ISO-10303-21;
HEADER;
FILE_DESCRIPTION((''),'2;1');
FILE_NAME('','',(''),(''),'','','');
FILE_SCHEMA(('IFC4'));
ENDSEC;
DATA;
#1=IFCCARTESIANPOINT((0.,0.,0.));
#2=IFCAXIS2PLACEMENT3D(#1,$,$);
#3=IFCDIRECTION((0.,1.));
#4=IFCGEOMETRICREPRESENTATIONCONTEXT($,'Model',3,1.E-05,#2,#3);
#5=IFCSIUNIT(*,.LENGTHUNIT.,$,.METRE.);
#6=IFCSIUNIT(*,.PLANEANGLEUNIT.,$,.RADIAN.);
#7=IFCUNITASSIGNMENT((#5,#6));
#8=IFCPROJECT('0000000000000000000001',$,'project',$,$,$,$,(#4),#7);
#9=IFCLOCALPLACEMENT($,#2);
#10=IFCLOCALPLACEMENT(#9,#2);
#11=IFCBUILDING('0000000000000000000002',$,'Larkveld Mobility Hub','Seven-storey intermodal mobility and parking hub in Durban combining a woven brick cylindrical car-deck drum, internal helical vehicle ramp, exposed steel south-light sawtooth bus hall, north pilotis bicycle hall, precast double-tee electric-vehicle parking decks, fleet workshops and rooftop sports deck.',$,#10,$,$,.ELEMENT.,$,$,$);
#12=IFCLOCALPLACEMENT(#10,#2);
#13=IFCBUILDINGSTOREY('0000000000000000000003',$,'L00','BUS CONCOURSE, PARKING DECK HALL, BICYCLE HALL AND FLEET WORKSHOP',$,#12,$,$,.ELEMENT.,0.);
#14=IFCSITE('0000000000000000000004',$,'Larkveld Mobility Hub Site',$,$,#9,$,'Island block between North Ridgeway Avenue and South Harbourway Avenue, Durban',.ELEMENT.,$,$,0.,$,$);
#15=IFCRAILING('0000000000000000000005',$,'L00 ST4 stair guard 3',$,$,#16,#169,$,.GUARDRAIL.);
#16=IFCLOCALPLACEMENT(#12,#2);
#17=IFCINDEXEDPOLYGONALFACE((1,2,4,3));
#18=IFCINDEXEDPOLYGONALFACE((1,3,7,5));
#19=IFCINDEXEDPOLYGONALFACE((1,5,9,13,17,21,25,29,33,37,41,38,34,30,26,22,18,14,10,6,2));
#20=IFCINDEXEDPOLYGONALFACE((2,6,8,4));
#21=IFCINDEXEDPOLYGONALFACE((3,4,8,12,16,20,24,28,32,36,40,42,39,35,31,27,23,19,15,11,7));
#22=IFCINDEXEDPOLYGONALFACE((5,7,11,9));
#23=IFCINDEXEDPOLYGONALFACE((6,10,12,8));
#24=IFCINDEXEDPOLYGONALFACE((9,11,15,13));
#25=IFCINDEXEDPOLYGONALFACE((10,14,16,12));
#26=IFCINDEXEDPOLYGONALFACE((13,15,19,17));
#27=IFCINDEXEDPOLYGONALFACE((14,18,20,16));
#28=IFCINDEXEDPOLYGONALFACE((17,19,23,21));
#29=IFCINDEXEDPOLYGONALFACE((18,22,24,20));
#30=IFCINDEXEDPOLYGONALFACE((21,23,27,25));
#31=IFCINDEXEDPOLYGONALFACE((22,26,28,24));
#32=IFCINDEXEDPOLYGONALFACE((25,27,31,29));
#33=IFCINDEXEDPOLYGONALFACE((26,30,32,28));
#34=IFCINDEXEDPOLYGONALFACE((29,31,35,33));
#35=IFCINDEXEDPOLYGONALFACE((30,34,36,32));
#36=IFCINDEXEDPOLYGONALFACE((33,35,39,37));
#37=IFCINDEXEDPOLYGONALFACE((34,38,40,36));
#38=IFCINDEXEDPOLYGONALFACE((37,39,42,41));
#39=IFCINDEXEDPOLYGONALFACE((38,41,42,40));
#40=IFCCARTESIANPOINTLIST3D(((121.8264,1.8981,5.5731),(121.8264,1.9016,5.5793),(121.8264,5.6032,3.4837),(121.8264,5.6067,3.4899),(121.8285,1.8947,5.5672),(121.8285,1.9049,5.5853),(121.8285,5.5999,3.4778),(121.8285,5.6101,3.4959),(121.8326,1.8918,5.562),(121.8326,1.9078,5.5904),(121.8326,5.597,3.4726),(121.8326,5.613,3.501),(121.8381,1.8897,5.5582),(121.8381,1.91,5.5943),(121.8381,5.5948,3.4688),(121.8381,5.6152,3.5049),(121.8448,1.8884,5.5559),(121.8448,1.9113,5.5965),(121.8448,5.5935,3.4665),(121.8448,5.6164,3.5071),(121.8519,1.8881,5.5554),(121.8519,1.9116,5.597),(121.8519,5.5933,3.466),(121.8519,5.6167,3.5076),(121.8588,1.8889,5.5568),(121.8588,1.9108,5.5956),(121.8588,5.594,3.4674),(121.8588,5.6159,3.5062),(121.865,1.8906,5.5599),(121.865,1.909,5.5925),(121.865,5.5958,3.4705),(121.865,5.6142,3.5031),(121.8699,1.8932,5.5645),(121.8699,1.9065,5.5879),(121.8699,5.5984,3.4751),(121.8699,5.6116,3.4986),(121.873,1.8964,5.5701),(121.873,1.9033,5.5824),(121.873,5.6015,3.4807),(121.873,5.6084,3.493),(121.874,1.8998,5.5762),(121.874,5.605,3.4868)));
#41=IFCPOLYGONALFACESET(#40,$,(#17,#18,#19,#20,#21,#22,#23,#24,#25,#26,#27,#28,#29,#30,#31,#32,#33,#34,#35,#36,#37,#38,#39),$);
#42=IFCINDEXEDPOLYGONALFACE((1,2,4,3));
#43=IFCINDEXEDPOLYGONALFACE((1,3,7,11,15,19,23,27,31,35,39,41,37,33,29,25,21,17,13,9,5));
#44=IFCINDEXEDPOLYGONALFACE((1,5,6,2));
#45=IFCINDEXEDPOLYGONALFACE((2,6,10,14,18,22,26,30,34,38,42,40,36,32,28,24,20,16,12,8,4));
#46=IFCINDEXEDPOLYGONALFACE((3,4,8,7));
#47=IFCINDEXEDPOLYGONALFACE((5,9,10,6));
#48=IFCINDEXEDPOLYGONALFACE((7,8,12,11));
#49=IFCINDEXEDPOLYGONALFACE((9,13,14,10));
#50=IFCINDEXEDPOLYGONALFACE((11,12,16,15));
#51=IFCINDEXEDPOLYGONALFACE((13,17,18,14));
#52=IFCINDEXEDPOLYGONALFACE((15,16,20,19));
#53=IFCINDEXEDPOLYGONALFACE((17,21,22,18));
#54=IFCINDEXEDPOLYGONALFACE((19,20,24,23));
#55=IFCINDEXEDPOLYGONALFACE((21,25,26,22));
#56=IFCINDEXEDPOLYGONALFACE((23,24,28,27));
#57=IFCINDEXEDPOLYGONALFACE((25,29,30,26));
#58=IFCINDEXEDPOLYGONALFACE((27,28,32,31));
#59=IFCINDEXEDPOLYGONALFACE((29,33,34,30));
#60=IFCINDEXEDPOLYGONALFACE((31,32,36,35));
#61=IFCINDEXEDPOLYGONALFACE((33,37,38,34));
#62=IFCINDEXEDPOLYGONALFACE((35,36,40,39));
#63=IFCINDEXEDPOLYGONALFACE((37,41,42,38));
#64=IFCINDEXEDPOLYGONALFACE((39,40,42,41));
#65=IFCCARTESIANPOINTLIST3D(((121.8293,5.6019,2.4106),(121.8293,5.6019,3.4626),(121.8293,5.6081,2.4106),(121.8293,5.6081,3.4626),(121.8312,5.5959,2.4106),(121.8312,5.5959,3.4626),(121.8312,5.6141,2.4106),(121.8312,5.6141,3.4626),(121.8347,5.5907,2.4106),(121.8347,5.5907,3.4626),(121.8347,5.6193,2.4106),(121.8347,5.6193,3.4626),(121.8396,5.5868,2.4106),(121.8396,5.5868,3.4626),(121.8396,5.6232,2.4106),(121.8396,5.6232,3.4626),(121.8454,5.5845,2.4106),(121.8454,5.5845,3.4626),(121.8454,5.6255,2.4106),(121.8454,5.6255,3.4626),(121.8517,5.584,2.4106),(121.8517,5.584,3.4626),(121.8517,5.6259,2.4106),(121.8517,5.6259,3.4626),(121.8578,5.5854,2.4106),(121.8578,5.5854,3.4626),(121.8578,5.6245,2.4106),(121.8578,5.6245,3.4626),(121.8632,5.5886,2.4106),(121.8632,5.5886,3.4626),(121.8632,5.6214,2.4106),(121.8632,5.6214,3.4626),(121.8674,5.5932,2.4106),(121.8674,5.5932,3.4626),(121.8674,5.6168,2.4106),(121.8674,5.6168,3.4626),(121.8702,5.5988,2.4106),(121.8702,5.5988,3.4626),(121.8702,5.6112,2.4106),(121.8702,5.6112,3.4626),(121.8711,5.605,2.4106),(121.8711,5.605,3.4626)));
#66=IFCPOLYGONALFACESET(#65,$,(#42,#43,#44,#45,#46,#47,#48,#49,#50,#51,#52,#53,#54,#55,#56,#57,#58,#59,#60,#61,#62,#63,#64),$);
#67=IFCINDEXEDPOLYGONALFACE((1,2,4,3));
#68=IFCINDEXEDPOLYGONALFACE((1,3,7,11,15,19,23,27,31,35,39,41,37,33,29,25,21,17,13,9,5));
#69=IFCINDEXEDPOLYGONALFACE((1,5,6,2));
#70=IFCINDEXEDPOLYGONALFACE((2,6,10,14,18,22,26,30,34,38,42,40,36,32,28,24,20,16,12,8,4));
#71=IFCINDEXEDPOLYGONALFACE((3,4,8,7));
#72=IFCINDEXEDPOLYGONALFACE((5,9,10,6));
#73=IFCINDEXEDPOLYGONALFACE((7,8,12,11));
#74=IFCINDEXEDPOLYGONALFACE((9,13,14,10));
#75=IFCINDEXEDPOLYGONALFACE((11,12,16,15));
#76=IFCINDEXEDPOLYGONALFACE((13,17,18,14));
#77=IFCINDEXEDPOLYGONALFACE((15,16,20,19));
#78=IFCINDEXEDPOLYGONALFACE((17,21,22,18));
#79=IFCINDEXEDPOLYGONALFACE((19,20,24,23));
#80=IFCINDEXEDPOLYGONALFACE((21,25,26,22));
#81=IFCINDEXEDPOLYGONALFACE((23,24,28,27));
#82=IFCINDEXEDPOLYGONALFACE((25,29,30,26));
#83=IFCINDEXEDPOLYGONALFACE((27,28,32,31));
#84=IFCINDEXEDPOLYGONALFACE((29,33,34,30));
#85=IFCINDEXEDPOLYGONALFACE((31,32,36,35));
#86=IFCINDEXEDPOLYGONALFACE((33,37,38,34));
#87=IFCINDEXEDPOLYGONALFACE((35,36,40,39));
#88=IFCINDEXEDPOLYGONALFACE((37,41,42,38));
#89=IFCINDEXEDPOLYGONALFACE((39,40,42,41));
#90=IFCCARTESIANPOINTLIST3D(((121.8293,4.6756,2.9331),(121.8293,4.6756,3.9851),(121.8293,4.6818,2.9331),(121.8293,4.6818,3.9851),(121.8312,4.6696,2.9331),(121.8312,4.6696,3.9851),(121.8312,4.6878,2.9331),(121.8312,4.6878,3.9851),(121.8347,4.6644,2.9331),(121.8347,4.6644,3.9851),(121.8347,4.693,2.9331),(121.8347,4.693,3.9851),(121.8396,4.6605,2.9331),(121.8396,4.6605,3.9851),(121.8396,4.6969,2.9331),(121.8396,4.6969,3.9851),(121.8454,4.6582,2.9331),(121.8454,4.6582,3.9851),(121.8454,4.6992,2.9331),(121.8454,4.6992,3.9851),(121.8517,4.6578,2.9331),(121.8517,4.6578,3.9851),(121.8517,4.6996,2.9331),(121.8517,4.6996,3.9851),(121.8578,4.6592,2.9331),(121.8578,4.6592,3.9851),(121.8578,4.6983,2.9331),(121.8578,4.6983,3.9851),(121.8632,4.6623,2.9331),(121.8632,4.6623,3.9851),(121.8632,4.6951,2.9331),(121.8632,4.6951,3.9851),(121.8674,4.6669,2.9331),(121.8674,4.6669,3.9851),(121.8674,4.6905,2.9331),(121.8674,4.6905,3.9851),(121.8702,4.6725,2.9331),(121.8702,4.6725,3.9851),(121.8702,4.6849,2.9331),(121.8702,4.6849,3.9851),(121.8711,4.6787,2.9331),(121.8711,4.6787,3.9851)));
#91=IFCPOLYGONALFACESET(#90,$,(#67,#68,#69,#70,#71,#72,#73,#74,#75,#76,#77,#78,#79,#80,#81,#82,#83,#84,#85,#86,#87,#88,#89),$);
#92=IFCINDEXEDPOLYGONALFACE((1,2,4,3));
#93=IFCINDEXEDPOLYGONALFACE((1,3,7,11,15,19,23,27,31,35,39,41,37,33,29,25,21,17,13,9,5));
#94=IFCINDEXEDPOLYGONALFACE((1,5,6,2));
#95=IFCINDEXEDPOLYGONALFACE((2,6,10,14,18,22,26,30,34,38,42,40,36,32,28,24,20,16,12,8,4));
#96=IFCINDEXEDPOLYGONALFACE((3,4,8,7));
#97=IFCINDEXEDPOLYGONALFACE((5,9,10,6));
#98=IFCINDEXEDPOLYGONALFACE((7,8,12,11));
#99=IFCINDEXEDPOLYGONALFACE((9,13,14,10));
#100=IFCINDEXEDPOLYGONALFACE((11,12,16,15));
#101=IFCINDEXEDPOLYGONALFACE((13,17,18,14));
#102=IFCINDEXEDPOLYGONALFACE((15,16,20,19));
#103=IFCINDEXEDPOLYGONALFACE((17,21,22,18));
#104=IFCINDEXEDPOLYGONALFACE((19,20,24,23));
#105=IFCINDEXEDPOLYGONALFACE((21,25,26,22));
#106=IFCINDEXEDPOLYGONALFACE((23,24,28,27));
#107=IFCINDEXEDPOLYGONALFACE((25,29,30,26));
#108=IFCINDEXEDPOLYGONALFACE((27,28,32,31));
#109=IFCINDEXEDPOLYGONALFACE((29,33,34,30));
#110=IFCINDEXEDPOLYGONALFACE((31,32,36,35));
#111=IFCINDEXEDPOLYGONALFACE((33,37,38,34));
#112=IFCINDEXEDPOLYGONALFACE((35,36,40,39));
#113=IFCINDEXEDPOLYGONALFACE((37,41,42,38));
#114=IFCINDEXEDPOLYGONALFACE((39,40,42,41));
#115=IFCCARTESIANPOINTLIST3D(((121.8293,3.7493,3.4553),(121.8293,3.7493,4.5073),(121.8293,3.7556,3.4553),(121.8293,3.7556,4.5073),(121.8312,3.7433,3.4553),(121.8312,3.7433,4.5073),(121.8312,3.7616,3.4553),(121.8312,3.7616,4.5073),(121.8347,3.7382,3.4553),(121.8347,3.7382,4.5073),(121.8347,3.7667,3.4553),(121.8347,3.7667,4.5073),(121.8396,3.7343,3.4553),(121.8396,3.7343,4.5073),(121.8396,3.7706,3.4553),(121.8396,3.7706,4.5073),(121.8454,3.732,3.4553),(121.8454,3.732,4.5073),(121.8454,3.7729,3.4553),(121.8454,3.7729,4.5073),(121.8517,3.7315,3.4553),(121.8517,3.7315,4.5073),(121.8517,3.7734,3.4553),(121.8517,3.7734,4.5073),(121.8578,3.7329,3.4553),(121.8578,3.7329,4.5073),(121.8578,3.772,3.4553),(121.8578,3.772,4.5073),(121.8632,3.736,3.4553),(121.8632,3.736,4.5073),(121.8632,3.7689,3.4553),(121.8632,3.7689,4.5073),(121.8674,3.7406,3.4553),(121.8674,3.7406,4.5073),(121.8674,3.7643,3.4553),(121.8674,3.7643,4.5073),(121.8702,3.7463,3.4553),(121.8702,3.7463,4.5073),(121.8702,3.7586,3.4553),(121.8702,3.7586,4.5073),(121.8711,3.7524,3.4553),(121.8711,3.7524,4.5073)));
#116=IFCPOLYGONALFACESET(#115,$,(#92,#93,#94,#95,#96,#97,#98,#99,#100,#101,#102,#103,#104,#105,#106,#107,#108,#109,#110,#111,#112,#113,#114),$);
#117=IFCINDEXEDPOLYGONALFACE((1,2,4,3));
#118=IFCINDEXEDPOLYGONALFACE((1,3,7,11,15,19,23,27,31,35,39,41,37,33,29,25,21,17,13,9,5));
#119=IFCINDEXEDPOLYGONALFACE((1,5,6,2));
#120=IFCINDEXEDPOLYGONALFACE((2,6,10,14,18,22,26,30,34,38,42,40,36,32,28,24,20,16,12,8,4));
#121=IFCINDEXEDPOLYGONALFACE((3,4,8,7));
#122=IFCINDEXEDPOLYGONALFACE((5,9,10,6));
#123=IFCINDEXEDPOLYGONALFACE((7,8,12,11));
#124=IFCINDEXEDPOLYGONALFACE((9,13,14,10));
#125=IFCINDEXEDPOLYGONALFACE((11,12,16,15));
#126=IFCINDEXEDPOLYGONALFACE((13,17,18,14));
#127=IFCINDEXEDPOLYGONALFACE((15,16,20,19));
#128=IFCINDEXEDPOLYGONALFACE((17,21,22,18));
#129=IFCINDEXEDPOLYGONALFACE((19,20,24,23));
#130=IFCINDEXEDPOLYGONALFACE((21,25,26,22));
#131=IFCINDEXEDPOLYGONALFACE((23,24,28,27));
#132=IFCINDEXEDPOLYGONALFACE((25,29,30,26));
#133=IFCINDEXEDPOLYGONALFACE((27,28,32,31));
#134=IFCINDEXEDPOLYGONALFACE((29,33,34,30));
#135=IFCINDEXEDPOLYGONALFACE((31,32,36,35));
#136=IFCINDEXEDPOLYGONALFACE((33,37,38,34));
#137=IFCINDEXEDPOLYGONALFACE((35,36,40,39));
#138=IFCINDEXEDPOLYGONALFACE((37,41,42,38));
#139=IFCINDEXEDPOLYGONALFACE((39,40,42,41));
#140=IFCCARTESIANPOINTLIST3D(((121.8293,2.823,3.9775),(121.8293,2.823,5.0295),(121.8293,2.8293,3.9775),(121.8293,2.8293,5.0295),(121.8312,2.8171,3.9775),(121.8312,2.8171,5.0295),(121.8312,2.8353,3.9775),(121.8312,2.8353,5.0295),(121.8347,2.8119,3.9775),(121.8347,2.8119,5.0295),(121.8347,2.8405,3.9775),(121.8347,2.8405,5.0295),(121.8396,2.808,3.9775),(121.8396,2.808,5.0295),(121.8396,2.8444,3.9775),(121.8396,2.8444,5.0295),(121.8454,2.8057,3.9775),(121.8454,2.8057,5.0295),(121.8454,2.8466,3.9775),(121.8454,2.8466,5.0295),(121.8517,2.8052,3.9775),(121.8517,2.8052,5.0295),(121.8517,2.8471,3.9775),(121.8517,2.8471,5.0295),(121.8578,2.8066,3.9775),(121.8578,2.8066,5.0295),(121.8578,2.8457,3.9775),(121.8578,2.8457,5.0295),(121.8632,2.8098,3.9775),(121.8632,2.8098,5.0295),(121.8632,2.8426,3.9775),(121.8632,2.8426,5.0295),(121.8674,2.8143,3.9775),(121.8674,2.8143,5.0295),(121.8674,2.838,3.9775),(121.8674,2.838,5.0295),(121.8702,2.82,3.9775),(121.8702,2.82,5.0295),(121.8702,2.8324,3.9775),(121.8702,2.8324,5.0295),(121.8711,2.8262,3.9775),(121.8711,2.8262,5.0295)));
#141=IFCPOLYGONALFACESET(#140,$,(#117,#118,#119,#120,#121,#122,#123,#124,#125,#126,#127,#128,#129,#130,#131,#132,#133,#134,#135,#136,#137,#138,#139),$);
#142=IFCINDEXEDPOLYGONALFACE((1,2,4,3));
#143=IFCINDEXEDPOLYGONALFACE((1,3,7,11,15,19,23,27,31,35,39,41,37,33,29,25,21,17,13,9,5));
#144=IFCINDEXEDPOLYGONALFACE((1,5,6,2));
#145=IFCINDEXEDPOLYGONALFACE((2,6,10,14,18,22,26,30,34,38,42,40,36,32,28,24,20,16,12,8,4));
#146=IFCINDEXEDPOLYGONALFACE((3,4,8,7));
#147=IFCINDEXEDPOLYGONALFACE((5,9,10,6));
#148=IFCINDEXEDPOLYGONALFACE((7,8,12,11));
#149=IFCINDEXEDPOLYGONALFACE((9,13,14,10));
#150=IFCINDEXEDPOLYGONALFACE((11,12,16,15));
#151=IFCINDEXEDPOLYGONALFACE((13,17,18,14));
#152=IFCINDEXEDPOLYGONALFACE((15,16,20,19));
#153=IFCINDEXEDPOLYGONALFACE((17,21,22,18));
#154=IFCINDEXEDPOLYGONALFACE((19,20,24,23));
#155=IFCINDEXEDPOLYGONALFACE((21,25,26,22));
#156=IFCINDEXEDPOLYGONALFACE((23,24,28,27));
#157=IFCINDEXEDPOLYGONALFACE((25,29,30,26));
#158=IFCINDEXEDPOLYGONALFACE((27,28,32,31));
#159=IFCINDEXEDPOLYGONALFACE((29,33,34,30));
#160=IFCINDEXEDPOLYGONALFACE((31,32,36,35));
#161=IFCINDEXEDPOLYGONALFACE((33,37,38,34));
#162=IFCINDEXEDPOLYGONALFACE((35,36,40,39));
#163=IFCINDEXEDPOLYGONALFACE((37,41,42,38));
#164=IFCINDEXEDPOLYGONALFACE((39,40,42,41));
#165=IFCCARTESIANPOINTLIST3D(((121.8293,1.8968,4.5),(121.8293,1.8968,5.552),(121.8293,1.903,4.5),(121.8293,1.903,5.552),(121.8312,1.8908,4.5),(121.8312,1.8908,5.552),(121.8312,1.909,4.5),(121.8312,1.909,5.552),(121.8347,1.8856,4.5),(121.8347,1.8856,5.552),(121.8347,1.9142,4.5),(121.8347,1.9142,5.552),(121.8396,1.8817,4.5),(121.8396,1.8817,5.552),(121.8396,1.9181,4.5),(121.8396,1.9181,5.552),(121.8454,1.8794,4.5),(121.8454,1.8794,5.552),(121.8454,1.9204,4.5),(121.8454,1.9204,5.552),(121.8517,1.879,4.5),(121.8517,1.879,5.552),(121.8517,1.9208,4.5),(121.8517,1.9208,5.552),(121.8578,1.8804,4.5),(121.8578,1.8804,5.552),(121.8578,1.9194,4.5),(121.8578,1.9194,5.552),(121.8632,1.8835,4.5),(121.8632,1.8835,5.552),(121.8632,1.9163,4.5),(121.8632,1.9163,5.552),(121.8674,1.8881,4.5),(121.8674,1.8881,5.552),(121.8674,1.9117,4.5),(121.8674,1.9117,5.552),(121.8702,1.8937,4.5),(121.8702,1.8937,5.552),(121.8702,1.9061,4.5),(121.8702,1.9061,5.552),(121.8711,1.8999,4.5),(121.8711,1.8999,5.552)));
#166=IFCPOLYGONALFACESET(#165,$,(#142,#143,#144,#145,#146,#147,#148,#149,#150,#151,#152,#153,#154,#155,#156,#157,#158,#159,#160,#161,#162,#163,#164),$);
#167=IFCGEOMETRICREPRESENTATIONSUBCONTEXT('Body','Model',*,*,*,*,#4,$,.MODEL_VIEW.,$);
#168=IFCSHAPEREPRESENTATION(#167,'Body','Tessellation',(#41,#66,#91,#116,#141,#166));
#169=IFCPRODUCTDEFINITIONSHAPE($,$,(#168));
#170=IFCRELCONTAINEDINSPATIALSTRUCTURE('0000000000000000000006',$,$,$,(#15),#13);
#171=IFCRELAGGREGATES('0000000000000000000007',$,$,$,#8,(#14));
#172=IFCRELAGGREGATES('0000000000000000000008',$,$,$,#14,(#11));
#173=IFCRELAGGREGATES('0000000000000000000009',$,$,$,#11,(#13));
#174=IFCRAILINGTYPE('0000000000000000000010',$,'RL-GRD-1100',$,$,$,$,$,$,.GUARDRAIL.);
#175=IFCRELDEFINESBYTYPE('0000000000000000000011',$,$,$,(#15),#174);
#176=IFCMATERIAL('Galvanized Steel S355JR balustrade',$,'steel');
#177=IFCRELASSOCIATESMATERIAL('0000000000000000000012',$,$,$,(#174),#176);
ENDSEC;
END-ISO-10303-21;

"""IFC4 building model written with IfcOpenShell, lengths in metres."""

from ifc_helpers import new_model, si_unit, direction, frame, origin, origin_2d, place, context, subcontext, project, spatial, circle, extrude, material, type_object, element, save


model = new_model("IFC4")

# Units and contexts
model_context = context("Model", 3, precision=1e-05, world=origin(), true_north=direction((0.0, 1.0)))
body_context = subcontext(model_context, "Body", "Model", "MODEL_VIEW")
ifc_project = project(units=[si_unit("LENGTHUNIT", "METRE"), si_unit("PLANEANGLEUNIT", "RADIAN")], contexts=[model_context])

# Site, building, storey
site_placement = place(None, origin())
site = spatial("IfcSite", under=ifc_project, at=site_placement, Name="Larkveld Mobility Hub Site", LongName="Island block between North Ridgeway Avenue and South Harbourway Avenue, Durban", CompositionType="ELEMENT", RefElevation=0.0)
building_placement = place(site_placement, origin())
building = spatial("IfcBuilding", under=site, at=building_placement, Name="Larkveld Mobility Hub", Description="Seven-storey intermodal mobility and parking hub in Durban combining a woven brick cylindrical car-deck drum, internal helical vehicle ramp, exposed steel south-light sawtooth bus hall, north pilotis bicycle hall, precast double-tee electric-vehicle parking decks, fleet workshops and rooftop sports deck.", CompositionType="ELEMENT")
storey_placement = place(building_placement, origin())
storey = spatial("IfcBuildingStorey", under=building, at=storey_placement, Name="L00", Description="BUS CONCOURSE, PARKING DECK HALL, BICYCLE HALL AND FLEET WORKSHOP", CompositionType="ELEMENT", Elevation=0.0)

# Railing
ifc_material_1 = material(Name="Galvanized Steel S355JR balustrade", Category="steel")
railing_type_1 = type_object("IfcRailingType", Name="RL-GRD-1100", PredefinedType="GUARDRAIL", material=ifc_material_1)
railing_1_placement = place(storey_placement, frame((121.8501, 5.605, 2.4106)))
element("IfcRailing", 1, at=railing_1_placement, inside=storey, type_object=railing_type_1, Name="L00 ST4 stair guard 3", PredefinedType="GUARDRAIL", context=body_context, shape_type="SweptSolid", body=[
    extrude(circle(Radius=0.0239, at=origin_2d()), frame((0.0, 0.0, 1.0762), z_axis=(0.0, -0.871048, 0.491198), x_axis=(1.0, 0.0, 0.0)), (0.0, 0.0, 1.0), 4.2537),
    extrude(circle(Radius=0.021, at=origin_2d()), origin(), (0.0, 0.0, 1.0), 1.052),
    extrude(circle(Radius=0.021, at=origin_2d()), frame((0.0, -0.9263, 0.5225)), (0.0, 0.0, 1.0), 1.052),
    extrude(circle(Radius=0.021, at=origin_2d()), frame((0.0, -1.8525, 1.0447)), (0.0, 0.0, 1.0), 1.052),
    extrude(circle(Radius=0.021, at=origin_2d()), frame((0.0, -2.7788, 1.5669)), (0.0, 0.0, 1.0), 1.052),
    extrude(circle(Radius=0.021, at=origin_2d()), frame((0.0, -3.7051, 2.0894)), (0.0, 0.0, 1.0), 1.052),
])

save(model, "model.ifc")
